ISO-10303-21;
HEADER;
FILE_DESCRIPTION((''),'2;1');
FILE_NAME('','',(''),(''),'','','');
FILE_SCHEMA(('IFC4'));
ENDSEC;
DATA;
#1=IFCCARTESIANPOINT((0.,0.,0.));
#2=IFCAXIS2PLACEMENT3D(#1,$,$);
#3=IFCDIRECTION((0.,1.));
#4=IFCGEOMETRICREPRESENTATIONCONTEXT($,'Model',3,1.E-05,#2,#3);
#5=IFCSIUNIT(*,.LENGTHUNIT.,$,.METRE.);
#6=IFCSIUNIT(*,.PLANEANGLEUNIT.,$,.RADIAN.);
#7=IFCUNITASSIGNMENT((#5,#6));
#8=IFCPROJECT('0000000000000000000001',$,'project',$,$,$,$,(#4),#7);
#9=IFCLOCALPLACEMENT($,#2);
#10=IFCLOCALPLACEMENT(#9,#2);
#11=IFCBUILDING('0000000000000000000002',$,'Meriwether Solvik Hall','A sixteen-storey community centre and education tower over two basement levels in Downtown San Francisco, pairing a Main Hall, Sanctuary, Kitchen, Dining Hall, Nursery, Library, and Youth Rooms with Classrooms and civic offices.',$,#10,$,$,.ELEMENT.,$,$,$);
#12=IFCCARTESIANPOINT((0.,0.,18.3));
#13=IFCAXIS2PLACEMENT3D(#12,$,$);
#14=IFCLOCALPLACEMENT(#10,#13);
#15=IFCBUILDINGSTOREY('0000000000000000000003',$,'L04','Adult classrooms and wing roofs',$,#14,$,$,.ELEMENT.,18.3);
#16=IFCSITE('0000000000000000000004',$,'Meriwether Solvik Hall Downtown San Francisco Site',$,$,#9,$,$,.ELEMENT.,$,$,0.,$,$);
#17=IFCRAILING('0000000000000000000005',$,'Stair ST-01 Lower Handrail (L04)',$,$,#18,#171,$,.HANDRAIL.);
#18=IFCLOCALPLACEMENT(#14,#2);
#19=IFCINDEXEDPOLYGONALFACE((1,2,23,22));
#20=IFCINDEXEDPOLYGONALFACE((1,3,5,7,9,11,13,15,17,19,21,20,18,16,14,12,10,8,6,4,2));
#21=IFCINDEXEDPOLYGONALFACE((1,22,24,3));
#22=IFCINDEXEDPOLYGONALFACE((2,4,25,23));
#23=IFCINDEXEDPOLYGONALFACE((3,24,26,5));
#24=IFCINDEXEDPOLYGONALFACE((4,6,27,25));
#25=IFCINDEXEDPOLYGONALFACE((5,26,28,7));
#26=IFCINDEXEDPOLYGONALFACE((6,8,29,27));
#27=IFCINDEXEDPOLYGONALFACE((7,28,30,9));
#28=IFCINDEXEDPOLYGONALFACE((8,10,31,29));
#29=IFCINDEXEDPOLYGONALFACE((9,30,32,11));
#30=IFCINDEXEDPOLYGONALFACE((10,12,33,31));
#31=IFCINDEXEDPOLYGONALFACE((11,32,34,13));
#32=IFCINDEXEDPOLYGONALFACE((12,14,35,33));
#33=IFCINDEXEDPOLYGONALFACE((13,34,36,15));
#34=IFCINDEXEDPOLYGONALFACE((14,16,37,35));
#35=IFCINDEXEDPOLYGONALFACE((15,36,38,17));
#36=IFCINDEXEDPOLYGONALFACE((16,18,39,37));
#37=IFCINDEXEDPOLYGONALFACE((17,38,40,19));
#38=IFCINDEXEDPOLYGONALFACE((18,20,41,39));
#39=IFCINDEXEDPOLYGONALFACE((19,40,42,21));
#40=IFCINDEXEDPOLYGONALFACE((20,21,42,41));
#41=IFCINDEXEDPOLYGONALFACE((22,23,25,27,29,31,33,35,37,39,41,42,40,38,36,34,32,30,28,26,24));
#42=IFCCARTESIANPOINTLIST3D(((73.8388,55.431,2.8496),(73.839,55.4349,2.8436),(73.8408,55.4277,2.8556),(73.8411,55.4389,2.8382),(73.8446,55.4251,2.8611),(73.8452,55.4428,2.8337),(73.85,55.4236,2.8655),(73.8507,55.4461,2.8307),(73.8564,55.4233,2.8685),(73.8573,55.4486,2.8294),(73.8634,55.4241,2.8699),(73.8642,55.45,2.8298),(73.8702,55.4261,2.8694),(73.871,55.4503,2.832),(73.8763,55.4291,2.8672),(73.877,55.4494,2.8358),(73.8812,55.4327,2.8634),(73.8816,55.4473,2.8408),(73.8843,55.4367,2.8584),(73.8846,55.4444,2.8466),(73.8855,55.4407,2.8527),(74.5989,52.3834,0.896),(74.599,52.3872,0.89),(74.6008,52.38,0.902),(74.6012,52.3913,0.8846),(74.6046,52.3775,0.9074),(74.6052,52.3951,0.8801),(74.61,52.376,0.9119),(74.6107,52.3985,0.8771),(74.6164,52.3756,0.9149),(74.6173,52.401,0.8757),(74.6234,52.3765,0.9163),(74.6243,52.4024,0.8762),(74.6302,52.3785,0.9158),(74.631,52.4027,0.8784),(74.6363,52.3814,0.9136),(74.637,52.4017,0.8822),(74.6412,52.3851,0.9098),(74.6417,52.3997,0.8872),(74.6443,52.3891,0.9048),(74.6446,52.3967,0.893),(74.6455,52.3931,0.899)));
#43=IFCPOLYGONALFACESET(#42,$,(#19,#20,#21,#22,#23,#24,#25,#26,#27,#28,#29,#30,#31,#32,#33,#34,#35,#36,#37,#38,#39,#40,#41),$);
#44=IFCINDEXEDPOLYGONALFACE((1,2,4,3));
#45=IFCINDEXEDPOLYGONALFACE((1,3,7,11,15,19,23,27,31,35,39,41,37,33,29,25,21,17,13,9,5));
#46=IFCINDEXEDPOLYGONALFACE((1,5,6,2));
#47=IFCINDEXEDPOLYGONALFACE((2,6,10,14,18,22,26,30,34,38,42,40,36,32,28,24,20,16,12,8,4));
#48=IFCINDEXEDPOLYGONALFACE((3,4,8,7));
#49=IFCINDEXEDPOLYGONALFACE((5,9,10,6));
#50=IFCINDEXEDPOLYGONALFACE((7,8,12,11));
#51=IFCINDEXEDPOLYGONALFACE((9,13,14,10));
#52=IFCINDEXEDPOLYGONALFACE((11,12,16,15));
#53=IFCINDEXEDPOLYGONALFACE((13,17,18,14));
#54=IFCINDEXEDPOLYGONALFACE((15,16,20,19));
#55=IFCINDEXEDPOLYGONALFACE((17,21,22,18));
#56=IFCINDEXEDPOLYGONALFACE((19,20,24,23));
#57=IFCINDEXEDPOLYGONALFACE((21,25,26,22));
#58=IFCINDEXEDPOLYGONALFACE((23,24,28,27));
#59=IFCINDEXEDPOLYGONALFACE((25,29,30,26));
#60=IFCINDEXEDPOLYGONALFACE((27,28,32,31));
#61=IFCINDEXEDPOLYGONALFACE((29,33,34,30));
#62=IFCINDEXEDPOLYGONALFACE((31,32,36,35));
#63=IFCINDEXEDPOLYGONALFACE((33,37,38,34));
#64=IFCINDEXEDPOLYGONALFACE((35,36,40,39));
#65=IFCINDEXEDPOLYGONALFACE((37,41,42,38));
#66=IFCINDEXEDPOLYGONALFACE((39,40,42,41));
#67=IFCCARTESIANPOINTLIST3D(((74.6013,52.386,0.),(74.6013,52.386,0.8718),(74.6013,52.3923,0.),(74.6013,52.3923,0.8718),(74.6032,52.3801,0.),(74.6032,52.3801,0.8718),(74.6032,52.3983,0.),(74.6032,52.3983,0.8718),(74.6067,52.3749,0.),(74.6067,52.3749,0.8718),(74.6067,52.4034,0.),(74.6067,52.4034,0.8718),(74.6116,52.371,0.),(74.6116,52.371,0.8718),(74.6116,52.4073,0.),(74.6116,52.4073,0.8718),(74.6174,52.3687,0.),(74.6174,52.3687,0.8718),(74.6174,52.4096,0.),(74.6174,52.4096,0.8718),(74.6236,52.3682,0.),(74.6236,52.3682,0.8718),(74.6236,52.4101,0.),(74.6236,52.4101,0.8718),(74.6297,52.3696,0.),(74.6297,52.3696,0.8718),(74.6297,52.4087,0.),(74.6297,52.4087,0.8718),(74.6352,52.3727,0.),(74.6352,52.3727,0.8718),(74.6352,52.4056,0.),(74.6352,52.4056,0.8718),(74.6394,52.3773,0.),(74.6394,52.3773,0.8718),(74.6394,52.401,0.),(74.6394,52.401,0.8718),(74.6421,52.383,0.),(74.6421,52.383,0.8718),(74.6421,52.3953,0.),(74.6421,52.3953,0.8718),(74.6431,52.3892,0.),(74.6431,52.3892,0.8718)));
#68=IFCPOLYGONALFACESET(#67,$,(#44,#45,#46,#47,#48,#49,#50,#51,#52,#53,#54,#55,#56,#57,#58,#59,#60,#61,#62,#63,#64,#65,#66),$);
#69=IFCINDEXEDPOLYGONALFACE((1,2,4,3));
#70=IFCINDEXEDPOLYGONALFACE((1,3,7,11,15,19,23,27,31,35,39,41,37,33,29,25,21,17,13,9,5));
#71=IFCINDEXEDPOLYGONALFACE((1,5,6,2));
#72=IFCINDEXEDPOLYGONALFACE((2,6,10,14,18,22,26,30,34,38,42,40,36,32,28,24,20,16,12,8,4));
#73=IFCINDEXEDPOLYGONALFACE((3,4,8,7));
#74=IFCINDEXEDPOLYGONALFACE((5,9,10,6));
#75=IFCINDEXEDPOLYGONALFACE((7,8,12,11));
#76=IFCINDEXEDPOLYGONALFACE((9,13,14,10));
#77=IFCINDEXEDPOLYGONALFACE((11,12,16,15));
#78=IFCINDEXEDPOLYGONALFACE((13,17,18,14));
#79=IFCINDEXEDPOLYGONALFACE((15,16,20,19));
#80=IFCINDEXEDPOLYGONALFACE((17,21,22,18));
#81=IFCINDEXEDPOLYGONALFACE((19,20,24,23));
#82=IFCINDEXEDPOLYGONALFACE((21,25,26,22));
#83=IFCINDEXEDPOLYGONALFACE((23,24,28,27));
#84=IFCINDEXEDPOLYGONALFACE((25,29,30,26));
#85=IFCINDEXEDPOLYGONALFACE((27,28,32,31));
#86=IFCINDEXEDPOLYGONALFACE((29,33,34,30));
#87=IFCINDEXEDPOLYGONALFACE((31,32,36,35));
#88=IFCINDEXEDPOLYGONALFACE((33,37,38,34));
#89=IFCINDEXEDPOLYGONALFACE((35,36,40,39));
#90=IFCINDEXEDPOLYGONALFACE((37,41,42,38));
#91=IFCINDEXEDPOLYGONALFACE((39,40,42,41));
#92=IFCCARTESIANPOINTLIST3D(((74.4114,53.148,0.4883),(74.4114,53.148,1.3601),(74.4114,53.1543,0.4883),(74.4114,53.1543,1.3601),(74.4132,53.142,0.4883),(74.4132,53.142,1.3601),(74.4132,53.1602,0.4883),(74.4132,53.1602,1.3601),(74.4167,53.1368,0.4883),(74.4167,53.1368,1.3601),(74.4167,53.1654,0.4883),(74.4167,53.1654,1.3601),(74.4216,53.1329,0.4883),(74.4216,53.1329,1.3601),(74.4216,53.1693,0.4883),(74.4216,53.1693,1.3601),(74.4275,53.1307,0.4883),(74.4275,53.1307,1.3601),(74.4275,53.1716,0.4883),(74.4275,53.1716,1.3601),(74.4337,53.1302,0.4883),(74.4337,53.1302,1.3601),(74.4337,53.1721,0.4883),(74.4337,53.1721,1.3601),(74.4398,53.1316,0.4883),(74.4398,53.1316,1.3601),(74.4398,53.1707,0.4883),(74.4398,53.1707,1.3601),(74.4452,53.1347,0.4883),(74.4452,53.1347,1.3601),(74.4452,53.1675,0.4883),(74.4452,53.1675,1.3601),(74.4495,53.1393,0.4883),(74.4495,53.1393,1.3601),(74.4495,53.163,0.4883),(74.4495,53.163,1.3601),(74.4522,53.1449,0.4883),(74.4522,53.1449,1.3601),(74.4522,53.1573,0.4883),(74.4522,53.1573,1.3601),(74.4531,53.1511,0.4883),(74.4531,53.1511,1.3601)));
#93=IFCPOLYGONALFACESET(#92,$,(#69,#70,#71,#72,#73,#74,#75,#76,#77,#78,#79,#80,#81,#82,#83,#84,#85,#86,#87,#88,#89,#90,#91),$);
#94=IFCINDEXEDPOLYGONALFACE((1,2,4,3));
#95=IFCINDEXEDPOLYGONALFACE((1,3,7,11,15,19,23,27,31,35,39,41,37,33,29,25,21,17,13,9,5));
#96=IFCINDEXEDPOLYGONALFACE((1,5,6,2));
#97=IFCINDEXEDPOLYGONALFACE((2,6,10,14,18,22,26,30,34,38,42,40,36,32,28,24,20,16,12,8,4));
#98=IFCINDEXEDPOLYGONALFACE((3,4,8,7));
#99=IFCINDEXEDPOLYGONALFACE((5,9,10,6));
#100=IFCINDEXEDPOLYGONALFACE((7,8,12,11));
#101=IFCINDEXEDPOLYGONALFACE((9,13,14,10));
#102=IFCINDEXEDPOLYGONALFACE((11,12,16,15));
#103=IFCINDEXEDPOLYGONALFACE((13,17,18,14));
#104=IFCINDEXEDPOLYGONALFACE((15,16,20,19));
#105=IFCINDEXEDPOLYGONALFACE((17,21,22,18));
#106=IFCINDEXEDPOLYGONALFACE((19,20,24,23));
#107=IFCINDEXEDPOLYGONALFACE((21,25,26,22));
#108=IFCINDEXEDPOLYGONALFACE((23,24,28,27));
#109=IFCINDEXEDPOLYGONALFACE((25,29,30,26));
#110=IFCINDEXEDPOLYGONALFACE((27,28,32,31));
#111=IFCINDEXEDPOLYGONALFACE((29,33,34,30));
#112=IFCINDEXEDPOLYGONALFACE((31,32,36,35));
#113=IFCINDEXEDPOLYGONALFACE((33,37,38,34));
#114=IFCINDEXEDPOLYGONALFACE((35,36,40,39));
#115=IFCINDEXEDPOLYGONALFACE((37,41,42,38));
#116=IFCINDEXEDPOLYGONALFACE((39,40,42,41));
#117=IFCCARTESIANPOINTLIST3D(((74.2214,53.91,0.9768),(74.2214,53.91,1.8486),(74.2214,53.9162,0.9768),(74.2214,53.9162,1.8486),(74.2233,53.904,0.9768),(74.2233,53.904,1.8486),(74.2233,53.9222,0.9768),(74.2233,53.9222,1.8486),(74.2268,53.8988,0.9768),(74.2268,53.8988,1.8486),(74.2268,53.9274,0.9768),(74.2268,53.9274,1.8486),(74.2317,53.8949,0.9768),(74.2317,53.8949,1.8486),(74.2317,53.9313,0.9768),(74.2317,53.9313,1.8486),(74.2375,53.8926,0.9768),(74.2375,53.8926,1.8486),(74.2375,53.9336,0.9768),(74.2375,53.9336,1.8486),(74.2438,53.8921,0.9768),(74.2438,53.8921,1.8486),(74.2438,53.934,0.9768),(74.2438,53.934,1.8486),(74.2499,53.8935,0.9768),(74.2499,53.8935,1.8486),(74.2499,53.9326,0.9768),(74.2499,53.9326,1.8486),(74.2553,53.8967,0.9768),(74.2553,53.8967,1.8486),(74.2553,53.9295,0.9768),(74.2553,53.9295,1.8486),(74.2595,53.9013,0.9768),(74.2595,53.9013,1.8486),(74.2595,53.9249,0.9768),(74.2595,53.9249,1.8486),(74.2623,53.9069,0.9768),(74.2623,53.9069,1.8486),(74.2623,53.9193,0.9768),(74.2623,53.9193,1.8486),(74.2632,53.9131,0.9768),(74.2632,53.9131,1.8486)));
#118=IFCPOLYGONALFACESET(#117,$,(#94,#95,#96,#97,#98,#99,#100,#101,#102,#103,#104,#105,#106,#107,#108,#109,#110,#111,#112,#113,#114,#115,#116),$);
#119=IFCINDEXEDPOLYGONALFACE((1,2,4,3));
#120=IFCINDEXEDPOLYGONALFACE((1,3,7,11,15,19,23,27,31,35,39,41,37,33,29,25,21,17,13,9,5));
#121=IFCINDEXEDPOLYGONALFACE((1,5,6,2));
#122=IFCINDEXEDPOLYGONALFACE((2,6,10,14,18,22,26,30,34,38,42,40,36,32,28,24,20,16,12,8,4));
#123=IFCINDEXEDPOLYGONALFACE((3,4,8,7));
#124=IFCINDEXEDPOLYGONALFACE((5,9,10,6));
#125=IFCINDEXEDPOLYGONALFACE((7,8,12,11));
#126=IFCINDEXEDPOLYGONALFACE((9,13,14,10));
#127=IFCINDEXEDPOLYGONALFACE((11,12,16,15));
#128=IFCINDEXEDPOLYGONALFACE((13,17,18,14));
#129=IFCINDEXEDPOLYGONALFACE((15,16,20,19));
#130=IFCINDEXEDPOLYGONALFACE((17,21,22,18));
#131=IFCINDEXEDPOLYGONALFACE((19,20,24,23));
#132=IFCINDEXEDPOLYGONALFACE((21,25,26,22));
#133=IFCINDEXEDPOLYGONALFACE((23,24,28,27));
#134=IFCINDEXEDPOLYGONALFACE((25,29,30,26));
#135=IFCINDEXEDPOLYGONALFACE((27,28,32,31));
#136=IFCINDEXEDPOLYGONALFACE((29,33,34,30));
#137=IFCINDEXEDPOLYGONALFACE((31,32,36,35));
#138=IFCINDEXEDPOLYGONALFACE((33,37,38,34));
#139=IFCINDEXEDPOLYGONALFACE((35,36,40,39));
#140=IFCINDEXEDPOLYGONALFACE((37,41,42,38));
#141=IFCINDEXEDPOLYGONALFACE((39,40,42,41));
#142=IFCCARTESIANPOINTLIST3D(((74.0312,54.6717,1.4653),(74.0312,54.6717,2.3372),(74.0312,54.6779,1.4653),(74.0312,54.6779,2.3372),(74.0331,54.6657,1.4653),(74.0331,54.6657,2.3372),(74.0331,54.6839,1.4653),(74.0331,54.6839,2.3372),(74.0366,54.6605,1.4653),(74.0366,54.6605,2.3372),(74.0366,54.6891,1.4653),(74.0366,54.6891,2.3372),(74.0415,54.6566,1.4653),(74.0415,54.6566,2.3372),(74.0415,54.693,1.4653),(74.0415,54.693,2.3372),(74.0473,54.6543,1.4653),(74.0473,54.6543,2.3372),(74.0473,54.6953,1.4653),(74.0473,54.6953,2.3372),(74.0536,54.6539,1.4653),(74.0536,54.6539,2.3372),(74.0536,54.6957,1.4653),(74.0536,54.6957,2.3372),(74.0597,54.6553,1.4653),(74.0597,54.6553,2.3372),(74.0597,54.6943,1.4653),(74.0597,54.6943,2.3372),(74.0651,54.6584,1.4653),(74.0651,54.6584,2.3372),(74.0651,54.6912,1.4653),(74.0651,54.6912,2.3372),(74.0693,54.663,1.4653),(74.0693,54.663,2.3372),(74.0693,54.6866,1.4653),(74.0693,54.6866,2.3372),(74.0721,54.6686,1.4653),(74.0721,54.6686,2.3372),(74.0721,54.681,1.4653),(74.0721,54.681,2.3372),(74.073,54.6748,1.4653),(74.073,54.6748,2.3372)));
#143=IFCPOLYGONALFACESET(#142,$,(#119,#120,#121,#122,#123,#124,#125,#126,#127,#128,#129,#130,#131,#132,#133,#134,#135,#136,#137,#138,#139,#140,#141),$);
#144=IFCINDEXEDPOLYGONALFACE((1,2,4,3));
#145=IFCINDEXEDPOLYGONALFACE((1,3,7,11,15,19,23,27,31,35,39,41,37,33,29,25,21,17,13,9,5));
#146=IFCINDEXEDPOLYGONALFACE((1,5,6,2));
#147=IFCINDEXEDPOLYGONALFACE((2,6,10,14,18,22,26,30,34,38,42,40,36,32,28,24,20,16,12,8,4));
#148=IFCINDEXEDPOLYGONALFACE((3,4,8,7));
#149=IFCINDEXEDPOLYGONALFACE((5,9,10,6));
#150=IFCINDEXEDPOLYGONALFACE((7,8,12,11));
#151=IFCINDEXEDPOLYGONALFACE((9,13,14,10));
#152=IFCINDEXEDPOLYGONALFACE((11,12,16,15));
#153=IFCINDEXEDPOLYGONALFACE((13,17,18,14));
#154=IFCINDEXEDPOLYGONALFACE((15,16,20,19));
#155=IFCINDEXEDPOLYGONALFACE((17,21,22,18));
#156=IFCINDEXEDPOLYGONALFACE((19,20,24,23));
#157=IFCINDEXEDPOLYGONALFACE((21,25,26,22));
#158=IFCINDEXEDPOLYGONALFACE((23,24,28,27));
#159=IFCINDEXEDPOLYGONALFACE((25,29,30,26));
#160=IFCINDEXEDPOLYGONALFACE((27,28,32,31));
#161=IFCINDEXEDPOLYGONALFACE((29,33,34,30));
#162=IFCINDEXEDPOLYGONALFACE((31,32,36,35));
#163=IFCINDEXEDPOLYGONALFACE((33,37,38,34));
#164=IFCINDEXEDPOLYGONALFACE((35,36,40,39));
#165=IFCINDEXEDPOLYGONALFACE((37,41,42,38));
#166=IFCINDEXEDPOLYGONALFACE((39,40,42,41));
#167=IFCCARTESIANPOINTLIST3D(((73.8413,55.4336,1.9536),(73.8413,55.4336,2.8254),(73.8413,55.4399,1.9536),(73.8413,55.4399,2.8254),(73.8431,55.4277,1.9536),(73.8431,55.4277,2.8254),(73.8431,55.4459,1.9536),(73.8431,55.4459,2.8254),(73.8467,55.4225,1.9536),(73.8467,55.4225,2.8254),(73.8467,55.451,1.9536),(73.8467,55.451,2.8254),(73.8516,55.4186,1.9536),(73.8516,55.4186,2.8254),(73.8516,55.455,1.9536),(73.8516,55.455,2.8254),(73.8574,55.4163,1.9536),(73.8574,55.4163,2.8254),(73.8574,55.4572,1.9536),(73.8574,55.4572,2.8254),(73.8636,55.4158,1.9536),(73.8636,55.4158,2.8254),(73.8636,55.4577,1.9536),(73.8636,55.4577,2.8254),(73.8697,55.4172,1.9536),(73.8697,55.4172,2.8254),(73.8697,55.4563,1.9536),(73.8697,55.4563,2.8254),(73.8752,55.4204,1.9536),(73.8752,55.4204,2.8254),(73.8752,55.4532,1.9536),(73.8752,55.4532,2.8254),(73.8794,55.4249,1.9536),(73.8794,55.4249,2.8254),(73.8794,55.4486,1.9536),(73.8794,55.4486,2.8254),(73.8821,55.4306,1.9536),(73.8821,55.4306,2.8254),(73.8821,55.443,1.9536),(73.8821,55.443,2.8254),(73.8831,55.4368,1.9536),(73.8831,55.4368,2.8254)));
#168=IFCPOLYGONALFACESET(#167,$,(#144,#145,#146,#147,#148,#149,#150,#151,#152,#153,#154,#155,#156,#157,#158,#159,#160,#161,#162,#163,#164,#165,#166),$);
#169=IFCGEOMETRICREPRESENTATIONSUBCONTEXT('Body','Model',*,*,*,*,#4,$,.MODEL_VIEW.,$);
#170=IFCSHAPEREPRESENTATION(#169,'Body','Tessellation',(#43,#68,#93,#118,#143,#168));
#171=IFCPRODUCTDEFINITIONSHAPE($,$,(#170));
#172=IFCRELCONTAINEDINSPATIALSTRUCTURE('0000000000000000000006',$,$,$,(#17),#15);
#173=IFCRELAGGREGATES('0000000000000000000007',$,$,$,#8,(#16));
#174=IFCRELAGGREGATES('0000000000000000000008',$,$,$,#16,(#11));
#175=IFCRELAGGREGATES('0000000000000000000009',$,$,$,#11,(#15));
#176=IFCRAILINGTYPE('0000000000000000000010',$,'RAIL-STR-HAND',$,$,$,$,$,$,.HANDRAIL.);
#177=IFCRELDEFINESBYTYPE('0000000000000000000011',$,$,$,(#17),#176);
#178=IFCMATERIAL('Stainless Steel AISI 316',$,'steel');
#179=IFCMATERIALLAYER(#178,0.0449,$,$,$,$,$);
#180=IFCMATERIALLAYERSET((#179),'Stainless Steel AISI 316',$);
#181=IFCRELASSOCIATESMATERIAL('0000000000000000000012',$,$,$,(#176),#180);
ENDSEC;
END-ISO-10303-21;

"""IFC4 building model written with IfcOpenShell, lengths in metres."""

from ifc_helpers import new_model, si_unit, direction, frame, origin, origin_2d, place, context, subcontext, project, spatial, circle, extrude, material, layer, layer_set, type_object, element, save


model = new_model("IFC4")

# Units and contexts
model_context = context("Model", 3, precision=1e-05, world=origin(), true_north=direction((0.0, 1.0)))
body_context = subcontext(model_context, "Body", "Model", "MODEL_VIEW")
ifc_project = project(units=[si_unit("LENGTHUNIT", "METRE"), si_unit("PLANEANGLEUNIT", "RADIAN")], contexts=[model_context])

# Site, building, storey
site_placement = place(None, origin())
site = spatial("IfcSite", under=ifc_project, at=site_placement, Name="Meriwether Solvik Hall Downtown San Francisco Site", CompositionType="ELEMENT", RefElevation=0.0)
building_placement = place(site_placement, origin())
building = spatial("IfcBuilding", under=site, at=building_placement, Name="Meriwether Solvik Hall", Description="A sixteen-storey community centre and education tower over two basement levels in Downtown San Francisco, pairing a Main Hall, Sanctuary, Kitchen, Dining Hall, Nursery, Library, and Youth Rooms with Classrooms and civic offices.", CompositionType="ELEMENT")
storey_placement = place(building_placement, frame((0.0, 0.0, 18.3)))
storey = spatial("IfcBuildingStorey", under=building, at=storey_placement, Name="L04", Description="Adult classrooms and wing roofs", CompositionType="ELEMENT", Elevation=18.3)

# Railing
ifc_material_1 = material(Name="Stainless Steel AISI 316", Category="steel")
ifc_layer_1 = layer(ifc_material_1, 0.0449)
ifc_layer_set_1 = layer_set([ifc_layer_1], Name="Stainless Steel AISI 316")
railing_type_1 = type_object("IfcRailingType", Name="RAIL-STR-HAND", PredefinedType="HANDRAIL", material=ifc_layer_set_1)
railing_1_placement = place(storey_placement, frame((74.6221, 52.3892, 0.0)))
element("IfcRailing", 1, at=railing_1_placement, inside=storey, type_object=railing_type_1, Name="Stair ST-01 Lower Handrail (L04)", PredefinedType="HANDRAIL", context=body_context, shape_type="SweptSolid", body=[
    extrude(circle(Radius=0.0239, at=origin_2d()), frame((0.0, 0.0, 0.896), z_axis=(-0.205467, 0.823915, 0.528155), x_axis=(-0.970284, -0.241969, 0.0)), (0.0, 0.0, 1.0), 3.699),
    extrude(circle(Radius=0.021, at=origin_2d()), origin(), (0.0, 0.0, 1.0), 0.8718),
    extrude(circle(Radius=0.021, at=origin_2d()), frame((-0.1899, 0.762, 0.4883)), (0.0, 0.0, 1.0), 0.8718),
    extrude(circle(Radius=0.021, at=origin_2d()), frame((-0.3799, 1.5239, 0.9768)), (0.0, 0.0, 1.0), 0.8718),
    extrude(circle(Radius=0.021, at=origin_2d()), frame((-0.5701, 2.2856, 1.4653)), (0.0, 0.0, 1.0), 0.8718),
    extrude(circle(Radius=0.021, at=origin_2d()), frame((-0.76, 3.0476, 1.9536)), (0.0, 0.0, 1.0), 0.8718),
])

save(model, "model.ifc")
